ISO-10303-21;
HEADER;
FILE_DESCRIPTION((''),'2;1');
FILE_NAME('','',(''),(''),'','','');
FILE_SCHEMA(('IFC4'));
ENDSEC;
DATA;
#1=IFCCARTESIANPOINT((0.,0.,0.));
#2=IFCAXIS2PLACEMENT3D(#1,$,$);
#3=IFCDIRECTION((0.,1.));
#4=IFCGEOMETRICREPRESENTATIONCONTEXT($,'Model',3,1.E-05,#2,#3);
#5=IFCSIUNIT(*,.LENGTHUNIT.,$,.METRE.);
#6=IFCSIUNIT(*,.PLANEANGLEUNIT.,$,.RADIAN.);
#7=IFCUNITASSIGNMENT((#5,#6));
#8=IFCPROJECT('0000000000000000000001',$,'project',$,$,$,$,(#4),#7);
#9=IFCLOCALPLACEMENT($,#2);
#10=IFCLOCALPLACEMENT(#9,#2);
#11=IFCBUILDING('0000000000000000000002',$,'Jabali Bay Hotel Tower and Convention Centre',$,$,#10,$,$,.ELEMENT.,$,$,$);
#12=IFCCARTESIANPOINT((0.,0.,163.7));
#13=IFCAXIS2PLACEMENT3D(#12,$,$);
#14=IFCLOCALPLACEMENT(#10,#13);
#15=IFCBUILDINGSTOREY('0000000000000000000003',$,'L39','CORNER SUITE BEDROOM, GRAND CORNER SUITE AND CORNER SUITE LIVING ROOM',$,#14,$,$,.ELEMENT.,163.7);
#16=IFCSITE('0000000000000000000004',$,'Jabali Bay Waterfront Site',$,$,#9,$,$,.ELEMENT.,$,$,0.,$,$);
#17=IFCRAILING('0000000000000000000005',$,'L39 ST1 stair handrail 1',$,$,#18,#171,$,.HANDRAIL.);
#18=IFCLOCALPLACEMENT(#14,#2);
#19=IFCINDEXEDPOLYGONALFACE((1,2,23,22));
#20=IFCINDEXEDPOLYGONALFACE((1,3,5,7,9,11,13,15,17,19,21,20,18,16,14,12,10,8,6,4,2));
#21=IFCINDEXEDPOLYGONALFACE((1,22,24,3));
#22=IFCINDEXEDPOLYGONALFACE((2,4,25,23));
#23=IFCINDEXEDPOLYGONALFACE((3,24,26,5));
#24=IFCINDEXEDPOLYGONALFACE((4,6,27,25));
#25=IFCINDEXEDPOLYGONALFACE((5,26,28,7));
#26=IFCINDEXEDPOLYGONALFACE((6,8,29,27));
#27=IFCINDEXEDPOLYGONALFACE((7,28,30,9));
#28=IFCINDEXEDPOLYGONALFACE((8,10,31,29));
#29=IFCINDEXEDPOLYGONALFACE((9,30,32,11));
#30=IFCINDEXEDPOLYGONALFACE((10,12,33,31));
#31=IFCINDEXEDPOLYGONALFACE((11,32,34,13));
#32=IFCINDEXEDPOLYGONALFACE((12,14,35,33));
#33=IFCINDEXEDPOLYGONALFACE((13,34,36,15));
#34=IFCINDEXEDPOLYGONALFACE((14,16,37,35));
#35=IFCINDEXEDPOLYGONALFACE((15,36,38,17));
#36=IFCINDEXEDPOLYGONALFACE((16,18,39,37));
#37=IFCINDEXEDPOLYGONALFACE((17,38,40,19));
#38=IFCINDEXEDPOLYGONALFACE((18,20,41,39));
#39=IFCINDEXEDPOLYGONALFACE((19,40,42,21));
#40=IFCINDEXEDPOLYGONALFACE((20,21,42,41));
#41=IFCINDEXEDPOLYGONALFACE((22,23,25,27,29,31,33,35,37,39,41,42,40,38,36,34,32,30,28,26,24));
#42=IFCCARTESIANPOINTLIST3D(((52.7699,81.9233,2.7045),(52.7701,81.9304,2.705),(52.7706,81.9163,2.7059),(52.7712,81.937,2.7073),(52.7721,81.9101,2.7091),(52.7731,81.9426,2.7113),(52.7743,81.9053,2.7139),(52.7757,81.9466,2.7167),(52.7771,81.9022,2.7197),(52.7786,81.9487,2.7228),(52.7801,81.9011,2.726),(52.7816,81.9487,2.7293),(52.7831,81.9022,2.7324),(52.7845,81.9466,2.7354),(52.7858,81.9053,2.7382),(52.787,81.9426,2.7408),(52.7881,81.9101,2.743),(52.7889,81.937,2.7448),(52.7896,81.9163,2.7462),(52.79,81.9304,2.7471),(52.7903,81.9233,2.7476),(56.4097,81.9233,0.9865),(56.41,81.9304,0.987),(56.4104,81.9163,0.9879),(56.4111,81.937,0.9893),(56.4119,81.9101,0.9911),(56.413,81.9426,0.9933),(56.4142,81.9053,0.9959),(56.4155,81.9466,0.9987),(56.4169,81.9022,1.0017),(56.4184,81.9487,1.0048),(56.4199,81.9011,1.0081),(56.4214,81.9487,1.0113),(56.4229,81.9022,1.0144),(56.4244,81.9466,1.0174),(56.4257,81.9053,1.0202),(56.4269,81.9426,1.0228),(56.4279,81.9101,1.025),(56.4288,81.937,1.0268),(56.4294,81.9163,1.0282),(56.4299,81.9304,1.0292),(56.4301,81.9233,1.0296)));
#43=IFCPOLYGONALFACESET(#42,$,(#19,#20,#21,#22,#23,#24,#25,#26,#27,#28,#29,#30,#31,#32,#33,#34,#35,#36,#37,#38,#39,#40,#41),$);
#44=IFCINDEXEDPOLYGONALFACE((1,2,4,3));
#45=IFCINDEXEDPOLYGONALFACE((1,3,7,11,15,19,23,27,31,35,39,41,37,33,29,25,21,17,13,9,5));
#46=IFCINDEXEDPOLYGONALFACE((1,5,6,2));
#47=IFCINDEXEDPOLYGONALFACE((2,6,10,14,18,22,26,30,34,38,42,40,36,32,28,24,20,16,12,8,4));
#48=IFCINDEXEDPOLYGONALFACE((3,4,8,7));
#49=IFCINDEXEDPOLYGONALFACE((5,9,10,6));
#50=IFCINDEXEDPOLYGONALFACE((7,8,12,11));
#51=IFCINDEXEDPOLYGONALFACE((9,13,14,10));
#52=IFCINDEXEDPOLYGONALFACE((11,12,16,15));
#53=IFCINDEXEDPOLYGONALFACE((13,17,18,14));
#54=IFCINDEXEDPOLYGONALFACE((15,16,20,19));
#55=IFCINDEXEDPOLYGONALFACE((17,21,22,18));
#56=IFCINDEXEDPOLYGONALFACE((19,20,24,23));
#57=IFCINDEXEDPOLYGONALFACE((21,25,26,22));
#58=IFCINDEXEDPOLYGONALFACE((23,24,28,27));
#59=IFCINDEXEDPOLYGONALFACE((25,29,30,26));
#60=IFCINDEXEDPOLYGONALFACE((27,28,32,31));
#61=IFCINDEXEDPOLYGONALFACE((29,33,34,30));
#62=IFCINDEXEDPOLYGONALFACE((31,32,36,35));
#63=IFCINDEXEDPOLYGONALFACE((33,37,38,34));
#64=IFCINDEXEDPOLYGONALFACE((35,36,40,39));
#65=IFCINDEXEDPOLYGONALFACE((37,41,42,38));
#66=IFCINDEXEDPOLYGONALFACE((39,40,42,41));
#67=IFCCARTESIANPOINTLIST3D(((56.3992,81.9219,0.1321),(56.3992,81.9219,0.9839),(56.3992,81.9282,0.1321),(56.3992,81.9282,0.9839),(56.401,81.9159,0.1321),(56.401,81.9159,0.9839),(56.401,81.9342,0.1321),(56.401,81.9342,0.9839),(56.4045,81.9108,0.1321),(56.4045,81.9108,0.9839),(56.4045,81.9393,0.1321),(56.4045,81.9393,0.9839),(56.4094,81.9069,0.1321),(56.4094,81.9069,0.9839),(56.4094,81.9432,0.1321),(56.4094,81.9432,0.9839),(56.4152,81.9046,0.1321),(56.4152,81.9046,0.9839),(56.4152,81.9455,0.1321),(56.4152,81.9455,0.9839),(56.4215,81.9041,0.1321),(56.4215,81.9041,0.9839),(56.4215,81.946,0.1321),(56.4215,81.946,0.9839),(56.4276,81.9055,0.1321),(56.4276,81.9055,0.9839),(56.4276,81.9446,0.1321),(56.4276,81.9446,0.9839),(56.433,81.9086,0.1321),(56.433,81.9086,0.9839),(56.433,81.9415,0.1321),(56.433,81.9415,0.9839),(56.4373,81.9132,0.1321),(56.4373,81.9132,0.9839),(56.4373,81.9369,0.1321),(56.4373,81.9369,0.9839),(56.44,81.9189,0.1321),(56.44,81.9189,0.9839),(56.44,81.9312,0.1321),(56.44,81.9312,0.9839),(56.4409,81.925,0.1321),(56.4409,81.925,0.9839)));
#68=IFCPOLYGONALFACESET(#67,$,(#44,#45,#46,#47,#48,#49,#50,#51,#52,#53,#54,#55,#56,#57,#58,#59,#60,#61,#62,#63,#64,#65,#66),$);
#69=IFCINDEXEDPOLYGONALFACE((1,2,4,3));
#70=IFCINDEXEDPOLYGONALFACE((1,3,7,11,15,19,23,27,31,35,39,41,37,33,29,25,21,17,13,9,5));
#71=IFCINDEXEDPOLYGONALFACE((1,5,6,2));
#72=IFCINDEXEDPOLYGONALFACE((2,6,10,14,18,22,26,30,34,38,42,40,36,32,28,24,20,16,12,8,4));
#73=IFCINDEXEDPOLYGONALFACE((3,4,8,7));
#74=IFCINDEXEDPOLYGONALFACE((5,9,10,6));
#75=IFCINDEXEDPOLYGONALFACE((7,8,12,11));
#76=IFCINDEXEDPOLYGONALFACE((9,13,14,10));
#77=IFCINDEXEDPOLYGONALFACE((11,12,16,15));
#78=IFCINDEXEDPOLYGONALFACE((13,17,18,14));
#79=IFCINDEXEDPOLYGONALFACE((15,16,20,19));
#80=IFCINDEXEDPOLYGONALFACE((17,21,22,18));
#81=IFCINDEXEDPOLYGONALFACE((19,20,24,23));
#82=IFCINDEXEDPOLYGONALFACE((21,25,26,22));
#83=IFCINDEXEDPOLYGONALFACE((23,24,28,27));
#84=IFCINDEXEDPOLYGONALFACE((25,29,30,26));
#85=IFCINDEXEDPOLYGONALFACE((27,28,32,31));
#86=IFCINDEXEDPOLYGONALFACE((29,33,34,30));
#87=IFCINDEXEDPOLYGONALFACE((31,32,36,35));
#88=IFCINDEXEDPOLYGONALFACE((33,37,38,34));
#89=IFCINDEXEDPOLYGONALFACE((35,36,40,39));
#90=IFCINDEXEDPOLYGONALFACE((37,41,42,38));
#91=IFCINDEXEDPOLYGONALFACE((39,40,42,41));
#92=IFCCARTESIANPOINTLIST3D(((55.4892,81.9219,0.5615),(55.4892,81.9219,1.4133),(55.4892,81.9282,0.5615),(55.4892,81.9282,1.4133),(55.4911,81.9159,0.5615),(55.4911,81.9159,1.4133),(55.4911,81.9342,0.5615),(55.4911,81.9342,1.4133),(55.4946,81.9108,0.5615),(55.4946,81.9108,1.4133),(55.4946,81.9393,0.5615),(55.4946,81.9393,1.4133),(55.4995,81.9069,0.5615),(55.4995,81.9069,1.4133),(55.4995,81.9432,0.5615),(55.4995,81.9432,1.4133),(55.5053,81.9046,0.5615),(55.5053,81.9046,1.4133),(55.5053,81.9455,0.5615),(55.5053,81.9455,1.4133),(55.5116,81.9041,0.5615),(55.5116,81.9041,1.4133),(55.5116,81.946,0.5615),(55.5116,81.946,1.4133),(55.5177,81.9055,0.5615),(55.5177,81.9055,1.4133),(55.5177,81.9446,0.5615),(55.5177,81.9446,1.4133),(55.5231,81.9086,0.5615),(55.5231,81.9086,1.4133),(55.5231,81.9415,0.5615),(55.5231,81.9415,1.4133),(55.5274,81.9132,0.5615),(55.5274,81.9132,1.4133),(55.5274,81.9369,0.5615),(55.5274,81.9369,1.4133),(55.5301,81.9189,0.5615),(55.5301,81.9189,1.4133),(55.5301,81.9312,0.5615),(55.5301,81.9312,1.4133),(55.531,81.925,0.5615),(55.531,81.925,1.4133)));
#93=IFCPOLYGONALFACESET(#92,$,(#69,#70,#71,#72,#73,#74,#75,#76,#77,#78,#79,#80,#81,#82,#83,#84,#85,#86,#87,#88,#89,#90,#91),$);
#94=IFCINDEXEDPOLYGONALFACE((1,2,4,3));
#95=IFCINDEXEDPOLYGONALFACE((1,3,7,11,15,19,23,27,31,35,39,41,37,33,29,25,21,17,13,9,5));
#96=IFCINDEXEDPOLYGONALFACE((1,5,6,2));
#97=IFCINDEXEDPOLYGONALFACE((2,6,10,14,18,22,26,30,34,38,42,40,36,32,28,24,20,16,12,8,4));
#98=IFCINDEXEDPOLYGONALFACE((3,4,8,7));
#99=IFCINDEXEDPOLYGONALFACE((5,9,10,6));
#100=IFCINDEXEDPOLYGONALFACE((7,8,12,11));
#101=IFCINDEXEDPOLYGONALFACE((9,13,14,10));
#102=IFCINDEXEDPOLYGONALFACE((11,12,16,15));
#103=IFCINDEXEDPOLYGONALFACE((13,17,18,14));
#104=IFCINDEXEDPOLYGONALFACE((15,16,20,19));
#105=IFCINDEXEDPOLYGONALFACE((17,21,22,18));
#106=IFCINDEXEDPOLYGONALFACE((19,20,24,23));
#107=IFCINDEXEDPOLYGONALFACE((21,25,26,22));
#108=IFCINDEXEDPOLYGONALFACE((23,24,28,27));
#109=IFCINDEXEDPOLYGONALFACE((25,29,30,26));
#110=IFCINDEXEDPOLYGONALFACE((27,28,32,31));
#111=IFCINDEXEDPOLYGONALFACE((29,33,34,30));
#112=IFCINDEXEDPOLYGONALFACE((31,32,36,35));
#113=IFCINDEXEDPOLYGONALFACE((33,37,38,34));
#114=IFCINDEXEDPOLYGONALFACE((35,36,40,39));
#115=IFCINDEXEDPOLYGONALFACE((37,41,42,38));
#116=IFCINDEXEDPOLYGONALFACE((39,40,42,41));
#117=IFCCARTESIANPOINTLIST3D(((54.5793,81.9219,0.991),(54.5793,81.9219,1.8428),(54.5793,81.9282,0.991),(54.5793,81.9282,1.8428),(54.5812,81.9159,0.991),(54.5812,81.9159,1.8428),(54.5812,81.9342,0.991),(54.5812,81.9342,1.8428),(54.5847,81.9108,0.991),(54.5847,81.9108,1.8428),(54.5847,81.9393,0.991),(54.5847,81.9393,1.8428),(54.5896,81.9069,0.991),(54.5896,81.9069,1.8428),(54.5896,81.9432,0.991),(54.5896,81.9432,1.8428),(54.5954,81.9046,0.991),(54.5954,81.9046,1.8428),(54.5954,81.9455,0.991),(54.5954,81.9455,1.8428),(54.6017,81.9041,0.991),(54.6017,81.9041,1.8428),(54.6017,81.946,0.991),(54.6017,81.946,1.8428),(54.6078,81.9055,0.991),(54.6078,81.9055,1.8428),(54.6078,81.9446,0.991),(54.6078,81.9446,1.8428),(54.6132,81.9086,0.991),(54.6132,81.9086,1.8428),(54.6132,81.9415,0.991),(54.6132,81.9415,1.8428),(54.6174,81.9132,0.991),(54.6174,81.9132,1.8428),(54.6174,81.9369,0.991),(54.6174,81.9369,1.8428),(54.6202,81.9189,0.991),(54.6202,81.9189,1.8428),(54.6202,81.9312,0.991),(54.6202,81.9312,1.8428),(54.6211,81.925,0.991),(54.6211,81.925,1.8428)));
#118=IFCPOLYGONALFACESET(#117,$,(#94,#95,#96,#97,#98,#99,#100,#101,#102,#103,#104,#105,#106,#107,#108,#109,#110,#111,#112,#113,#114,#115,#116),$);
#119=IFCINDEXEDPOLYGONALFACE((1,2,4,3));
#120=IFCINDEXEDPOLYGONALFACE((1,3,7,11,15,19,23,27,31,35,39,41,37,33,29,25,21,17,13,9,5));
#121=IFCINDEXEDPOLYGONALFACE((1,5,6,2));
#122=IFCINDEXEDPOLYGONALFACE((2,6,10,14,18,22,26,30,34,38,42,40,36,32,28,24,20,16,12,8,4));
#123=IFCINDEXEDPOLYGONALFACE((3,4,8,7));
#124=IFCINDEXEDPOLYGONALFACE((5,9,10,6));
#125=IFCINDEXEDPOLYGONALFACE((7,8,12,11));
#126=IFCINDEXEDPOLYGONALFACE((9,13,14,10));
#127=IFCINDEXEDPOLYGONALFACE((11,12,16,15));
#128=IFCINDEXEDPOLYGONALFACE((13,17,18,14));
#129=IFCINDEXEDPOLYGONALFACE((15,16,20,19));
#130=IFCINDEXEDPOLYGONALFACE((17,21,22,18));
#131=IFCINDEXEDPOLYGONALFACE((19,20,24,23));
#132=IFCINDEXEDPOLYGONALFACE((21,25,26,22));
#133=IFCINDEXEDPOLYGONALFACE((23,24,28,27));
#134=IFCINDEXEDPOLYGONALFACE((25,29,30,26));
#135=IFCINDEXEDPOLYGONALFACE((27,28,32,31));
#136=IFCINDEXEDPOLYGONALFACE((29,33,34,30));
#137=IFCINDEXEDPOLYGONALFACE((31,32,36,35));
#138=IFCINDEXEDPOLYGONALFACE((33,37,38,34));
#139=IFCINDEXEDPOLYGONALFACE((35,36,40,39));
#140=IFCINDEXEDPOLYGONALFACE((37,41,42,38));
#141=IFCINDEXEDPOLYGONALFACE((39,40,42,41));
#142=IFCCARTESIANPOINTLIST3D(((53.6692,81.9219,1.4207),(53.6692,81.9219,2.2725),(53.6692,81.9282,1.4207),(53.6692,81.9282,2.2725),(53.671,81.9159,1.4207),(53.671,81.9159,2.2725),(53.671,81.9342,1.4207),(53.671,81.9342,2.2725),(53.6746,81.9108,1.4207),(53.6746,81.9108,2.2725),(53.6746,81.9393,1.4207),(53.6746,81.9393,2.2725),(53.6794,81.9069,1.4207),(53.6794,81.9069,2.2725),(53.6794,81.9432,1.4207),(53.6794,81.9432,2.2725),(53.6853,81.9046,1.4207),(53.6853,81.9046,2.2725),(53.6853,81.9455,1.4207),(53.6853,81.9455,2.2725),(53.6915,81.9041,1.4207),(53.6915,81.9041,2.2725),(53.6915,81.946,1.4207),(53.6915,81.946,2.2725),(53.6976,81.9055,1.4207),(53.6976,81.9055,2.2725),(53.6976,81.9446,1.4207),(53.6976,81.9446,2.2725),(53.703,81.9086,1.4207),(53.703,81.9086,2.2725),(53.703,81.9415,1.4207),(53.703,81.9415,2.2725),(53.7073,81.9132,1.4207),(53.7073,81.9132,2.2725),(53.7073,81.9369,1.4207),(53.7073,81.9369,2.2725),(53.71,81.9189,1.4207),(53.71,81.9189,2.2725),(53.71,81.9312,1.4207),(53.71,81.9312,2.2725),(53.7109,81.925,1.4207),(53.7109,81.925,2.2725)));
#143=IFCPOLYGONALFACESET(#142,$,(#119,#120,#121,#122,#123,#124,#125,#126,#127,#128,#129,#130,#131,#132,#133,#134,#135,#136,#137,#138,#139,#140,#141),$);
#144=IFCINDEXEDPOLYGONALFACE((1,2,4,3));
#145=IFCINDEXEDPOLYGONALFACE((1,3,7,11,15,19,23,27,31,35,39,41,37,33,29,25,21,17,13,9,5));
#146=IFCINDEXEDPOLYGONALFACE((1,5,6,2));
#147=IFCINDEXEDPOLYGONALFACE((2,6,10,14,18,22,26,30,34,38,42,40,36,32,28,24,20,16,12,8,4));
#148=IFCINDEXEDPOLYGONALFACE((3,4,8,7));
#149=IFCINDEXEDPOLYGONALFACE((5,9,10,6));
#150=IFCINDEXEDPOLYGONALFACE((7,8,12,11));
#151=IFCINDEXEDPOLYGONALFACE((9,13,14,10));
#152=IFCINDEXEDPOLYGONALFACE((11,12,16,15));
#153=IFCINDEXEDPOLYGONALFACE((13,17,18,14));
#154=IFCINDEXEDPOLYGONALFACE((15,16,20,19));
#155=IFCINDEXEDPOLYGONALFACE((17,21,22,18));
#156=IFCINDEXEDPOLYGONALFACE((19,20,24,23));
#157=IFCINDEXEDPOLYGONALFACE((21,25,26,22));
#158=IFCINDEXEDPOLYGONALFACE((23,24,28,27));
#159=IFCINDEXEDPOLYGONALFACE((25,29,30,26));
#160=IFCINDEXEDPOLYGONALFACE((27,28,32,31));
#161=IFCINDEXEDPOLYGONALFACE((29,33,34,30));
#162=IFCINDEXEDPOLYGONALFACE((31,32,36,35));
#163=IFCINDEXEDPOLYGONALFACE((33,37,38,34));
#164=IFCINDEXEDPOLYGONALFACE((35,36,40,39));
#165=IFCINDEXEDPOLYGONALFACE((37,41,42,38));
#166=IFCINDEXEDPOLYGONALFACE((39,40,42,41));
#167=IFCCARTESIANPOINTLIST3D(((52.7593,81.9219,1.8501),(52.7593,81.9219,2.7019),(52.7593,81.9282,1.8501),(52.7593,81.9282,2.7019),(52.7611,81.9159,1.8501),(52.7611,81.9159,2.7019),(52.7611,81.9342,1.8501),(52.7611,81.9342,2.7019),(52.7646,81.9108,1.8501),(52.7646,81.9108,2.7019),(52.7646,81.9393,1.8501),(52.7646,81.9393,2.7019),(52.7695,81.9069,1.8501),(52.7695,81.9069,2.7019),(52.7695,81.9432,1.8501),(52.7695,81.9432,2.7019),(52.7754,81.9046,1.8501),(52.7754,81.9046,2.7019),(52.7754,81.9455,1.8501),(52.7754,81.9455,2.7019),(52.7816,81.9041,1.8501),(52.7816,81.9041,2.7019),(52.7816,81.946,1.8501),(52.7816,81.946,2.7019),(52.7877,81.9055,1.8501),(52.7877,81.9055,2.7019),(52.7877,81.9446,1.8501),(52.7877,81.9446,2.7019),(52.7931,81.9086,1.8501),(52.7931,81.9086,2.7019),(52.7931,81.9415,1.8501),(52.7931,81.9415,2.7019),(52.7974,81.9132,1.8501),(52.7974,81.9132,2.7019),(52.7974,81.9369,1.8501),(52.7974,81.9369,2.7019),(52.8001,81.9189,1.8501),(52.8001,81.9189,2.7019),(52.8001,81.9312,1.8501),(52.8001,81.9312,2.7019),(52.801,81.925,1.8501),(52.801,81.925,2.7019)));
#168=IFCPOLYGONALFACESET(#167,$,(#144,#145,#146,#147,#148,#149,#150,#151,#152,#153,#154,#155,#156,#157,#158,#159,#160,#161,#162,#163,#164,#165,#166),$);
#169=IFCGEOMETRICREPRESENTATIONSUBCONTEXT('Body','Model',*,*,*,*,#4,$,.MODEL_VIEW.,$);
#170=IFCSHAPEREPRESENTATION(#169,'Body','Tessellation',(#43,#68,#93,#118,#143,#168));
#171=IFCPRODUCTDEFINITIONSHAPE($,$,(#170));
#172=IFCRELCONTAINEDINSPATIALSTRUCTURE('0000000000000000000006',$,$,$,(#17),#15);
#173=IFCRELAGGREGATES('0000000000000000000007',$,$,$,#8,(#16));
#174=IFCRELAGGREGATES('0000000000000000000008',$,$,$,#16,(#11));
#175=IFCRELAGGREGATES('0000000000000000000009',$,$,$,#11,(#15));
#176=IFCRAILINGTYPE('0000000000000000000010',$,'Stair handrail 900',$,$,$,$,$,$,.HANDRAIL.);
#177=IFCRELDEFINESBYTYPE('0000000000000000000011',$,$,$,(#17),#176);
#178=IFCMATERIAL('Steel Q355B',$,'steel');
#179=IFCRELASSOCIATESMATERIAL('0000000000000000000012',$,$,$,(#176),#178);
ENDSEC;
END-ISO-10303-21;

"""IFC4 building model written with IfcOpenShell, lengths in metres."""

from ifc_helpers import new_model, si_unit, direction, frame, origin, origin_2d, place, context, subcontext, project, spatial, circle, extrude, material, type_object, element, save


model = new_model("IFC4")

# Units and contexts
model_context = context("Model", 3, precision=1e-05, world=origin(), true_north=direction((0.0, 1.0)))
body_context = subcontext(model_context, "Body", "Model", "MODEL_VIEW")
ifc_project = project(units=[si_unit("LENGTHUNIT", "METRE"), si_unit("PLANEANGLEUNIT", "RADIAN")], contexts=[model_context])

# Site, building, storey
site_placement = place(None, origin())
site = spatial("IfcSite", under=ifc_project, at=site_placement, Name="Jabali Bay Waterfront Site", CompositionType="ELEMENT", RefElevation=0.0)
building_placement = place(site_placement, origin())
building = spatial("IfcBuilding", under=site, at=building_placement, Name="Jabali Bay Hotel Tower and Convention Centre", CompositionType="ELEMENT")
storey_placement = place(building_placement, frame((0.0, 0.0, 163.7)))
storey = spatial("IfcBuildingStorey", under=building, at=storey_placement, Name="L39", Description="CORNER SUITE BEDROOM, GRAND CORNER SUITE AND CORNER SUITE LIVING ROOM", CompositionType="ELEMENT", Elevation=163.7)

# Railing
ifc_material_1 = material(Name="Steel Q355B", Category="steel")
railing_type_1 = type_object("IfcRailingType", Name="Stair handrail 900", PredefinedType="HANDRAIL", material=ifc_material_1)
railing_1_placement = place(storey_placement, frame((56.4199, 81.925, 0.1321)))
element("IfcRailing", 1, at=railing_1_placement, inside=storey, type_object=railing_type_1, Name="L39 ST1 stair handrail 1", PredefinedType="HANDRAIL", context=body_context, shape_type="SweptSolid", body=[
    extrude(circle(Radius=0.0239, at=origin_2d()), frame((0.0, 0.0, 0.876), z_axis=(-0.904327, 0.0, 0.42684), x_axis=(0.0, -1.0, 0.0)), (0.0, 0.0, 1.0), 4.0249),
    extrude(circle(Radius=0.021, at=origin_2d()), origin(), (0.0, 0.0, 1.0), 0.8518),
    extrude(circle(Radius=0.021, at=origin_2d()), frame((-0.9099, 0.0, 0.4294)), (0.0, 0.0, 1.0), 0.8518),
    extrude(circle(Radius=0.021, at=origin_2d()), frame((-1.8198, 0.0, 0.8589)), (0.0, 0.0, 1.0), 0.8518),
    extrude(circle(Radius=0.021, at=origin_2d()), frame((-2.73, 0.0, 1.2886)), (0.0, 0.0, 1.0), 0.8518),
    extrude(circle(Radius=0.021, at=origin_2d()), frame((-3.6399, 0.0, 1.718)), (0.0, 0.0, 1.0), 0.8518),
])

save(model, "model.ifc")
